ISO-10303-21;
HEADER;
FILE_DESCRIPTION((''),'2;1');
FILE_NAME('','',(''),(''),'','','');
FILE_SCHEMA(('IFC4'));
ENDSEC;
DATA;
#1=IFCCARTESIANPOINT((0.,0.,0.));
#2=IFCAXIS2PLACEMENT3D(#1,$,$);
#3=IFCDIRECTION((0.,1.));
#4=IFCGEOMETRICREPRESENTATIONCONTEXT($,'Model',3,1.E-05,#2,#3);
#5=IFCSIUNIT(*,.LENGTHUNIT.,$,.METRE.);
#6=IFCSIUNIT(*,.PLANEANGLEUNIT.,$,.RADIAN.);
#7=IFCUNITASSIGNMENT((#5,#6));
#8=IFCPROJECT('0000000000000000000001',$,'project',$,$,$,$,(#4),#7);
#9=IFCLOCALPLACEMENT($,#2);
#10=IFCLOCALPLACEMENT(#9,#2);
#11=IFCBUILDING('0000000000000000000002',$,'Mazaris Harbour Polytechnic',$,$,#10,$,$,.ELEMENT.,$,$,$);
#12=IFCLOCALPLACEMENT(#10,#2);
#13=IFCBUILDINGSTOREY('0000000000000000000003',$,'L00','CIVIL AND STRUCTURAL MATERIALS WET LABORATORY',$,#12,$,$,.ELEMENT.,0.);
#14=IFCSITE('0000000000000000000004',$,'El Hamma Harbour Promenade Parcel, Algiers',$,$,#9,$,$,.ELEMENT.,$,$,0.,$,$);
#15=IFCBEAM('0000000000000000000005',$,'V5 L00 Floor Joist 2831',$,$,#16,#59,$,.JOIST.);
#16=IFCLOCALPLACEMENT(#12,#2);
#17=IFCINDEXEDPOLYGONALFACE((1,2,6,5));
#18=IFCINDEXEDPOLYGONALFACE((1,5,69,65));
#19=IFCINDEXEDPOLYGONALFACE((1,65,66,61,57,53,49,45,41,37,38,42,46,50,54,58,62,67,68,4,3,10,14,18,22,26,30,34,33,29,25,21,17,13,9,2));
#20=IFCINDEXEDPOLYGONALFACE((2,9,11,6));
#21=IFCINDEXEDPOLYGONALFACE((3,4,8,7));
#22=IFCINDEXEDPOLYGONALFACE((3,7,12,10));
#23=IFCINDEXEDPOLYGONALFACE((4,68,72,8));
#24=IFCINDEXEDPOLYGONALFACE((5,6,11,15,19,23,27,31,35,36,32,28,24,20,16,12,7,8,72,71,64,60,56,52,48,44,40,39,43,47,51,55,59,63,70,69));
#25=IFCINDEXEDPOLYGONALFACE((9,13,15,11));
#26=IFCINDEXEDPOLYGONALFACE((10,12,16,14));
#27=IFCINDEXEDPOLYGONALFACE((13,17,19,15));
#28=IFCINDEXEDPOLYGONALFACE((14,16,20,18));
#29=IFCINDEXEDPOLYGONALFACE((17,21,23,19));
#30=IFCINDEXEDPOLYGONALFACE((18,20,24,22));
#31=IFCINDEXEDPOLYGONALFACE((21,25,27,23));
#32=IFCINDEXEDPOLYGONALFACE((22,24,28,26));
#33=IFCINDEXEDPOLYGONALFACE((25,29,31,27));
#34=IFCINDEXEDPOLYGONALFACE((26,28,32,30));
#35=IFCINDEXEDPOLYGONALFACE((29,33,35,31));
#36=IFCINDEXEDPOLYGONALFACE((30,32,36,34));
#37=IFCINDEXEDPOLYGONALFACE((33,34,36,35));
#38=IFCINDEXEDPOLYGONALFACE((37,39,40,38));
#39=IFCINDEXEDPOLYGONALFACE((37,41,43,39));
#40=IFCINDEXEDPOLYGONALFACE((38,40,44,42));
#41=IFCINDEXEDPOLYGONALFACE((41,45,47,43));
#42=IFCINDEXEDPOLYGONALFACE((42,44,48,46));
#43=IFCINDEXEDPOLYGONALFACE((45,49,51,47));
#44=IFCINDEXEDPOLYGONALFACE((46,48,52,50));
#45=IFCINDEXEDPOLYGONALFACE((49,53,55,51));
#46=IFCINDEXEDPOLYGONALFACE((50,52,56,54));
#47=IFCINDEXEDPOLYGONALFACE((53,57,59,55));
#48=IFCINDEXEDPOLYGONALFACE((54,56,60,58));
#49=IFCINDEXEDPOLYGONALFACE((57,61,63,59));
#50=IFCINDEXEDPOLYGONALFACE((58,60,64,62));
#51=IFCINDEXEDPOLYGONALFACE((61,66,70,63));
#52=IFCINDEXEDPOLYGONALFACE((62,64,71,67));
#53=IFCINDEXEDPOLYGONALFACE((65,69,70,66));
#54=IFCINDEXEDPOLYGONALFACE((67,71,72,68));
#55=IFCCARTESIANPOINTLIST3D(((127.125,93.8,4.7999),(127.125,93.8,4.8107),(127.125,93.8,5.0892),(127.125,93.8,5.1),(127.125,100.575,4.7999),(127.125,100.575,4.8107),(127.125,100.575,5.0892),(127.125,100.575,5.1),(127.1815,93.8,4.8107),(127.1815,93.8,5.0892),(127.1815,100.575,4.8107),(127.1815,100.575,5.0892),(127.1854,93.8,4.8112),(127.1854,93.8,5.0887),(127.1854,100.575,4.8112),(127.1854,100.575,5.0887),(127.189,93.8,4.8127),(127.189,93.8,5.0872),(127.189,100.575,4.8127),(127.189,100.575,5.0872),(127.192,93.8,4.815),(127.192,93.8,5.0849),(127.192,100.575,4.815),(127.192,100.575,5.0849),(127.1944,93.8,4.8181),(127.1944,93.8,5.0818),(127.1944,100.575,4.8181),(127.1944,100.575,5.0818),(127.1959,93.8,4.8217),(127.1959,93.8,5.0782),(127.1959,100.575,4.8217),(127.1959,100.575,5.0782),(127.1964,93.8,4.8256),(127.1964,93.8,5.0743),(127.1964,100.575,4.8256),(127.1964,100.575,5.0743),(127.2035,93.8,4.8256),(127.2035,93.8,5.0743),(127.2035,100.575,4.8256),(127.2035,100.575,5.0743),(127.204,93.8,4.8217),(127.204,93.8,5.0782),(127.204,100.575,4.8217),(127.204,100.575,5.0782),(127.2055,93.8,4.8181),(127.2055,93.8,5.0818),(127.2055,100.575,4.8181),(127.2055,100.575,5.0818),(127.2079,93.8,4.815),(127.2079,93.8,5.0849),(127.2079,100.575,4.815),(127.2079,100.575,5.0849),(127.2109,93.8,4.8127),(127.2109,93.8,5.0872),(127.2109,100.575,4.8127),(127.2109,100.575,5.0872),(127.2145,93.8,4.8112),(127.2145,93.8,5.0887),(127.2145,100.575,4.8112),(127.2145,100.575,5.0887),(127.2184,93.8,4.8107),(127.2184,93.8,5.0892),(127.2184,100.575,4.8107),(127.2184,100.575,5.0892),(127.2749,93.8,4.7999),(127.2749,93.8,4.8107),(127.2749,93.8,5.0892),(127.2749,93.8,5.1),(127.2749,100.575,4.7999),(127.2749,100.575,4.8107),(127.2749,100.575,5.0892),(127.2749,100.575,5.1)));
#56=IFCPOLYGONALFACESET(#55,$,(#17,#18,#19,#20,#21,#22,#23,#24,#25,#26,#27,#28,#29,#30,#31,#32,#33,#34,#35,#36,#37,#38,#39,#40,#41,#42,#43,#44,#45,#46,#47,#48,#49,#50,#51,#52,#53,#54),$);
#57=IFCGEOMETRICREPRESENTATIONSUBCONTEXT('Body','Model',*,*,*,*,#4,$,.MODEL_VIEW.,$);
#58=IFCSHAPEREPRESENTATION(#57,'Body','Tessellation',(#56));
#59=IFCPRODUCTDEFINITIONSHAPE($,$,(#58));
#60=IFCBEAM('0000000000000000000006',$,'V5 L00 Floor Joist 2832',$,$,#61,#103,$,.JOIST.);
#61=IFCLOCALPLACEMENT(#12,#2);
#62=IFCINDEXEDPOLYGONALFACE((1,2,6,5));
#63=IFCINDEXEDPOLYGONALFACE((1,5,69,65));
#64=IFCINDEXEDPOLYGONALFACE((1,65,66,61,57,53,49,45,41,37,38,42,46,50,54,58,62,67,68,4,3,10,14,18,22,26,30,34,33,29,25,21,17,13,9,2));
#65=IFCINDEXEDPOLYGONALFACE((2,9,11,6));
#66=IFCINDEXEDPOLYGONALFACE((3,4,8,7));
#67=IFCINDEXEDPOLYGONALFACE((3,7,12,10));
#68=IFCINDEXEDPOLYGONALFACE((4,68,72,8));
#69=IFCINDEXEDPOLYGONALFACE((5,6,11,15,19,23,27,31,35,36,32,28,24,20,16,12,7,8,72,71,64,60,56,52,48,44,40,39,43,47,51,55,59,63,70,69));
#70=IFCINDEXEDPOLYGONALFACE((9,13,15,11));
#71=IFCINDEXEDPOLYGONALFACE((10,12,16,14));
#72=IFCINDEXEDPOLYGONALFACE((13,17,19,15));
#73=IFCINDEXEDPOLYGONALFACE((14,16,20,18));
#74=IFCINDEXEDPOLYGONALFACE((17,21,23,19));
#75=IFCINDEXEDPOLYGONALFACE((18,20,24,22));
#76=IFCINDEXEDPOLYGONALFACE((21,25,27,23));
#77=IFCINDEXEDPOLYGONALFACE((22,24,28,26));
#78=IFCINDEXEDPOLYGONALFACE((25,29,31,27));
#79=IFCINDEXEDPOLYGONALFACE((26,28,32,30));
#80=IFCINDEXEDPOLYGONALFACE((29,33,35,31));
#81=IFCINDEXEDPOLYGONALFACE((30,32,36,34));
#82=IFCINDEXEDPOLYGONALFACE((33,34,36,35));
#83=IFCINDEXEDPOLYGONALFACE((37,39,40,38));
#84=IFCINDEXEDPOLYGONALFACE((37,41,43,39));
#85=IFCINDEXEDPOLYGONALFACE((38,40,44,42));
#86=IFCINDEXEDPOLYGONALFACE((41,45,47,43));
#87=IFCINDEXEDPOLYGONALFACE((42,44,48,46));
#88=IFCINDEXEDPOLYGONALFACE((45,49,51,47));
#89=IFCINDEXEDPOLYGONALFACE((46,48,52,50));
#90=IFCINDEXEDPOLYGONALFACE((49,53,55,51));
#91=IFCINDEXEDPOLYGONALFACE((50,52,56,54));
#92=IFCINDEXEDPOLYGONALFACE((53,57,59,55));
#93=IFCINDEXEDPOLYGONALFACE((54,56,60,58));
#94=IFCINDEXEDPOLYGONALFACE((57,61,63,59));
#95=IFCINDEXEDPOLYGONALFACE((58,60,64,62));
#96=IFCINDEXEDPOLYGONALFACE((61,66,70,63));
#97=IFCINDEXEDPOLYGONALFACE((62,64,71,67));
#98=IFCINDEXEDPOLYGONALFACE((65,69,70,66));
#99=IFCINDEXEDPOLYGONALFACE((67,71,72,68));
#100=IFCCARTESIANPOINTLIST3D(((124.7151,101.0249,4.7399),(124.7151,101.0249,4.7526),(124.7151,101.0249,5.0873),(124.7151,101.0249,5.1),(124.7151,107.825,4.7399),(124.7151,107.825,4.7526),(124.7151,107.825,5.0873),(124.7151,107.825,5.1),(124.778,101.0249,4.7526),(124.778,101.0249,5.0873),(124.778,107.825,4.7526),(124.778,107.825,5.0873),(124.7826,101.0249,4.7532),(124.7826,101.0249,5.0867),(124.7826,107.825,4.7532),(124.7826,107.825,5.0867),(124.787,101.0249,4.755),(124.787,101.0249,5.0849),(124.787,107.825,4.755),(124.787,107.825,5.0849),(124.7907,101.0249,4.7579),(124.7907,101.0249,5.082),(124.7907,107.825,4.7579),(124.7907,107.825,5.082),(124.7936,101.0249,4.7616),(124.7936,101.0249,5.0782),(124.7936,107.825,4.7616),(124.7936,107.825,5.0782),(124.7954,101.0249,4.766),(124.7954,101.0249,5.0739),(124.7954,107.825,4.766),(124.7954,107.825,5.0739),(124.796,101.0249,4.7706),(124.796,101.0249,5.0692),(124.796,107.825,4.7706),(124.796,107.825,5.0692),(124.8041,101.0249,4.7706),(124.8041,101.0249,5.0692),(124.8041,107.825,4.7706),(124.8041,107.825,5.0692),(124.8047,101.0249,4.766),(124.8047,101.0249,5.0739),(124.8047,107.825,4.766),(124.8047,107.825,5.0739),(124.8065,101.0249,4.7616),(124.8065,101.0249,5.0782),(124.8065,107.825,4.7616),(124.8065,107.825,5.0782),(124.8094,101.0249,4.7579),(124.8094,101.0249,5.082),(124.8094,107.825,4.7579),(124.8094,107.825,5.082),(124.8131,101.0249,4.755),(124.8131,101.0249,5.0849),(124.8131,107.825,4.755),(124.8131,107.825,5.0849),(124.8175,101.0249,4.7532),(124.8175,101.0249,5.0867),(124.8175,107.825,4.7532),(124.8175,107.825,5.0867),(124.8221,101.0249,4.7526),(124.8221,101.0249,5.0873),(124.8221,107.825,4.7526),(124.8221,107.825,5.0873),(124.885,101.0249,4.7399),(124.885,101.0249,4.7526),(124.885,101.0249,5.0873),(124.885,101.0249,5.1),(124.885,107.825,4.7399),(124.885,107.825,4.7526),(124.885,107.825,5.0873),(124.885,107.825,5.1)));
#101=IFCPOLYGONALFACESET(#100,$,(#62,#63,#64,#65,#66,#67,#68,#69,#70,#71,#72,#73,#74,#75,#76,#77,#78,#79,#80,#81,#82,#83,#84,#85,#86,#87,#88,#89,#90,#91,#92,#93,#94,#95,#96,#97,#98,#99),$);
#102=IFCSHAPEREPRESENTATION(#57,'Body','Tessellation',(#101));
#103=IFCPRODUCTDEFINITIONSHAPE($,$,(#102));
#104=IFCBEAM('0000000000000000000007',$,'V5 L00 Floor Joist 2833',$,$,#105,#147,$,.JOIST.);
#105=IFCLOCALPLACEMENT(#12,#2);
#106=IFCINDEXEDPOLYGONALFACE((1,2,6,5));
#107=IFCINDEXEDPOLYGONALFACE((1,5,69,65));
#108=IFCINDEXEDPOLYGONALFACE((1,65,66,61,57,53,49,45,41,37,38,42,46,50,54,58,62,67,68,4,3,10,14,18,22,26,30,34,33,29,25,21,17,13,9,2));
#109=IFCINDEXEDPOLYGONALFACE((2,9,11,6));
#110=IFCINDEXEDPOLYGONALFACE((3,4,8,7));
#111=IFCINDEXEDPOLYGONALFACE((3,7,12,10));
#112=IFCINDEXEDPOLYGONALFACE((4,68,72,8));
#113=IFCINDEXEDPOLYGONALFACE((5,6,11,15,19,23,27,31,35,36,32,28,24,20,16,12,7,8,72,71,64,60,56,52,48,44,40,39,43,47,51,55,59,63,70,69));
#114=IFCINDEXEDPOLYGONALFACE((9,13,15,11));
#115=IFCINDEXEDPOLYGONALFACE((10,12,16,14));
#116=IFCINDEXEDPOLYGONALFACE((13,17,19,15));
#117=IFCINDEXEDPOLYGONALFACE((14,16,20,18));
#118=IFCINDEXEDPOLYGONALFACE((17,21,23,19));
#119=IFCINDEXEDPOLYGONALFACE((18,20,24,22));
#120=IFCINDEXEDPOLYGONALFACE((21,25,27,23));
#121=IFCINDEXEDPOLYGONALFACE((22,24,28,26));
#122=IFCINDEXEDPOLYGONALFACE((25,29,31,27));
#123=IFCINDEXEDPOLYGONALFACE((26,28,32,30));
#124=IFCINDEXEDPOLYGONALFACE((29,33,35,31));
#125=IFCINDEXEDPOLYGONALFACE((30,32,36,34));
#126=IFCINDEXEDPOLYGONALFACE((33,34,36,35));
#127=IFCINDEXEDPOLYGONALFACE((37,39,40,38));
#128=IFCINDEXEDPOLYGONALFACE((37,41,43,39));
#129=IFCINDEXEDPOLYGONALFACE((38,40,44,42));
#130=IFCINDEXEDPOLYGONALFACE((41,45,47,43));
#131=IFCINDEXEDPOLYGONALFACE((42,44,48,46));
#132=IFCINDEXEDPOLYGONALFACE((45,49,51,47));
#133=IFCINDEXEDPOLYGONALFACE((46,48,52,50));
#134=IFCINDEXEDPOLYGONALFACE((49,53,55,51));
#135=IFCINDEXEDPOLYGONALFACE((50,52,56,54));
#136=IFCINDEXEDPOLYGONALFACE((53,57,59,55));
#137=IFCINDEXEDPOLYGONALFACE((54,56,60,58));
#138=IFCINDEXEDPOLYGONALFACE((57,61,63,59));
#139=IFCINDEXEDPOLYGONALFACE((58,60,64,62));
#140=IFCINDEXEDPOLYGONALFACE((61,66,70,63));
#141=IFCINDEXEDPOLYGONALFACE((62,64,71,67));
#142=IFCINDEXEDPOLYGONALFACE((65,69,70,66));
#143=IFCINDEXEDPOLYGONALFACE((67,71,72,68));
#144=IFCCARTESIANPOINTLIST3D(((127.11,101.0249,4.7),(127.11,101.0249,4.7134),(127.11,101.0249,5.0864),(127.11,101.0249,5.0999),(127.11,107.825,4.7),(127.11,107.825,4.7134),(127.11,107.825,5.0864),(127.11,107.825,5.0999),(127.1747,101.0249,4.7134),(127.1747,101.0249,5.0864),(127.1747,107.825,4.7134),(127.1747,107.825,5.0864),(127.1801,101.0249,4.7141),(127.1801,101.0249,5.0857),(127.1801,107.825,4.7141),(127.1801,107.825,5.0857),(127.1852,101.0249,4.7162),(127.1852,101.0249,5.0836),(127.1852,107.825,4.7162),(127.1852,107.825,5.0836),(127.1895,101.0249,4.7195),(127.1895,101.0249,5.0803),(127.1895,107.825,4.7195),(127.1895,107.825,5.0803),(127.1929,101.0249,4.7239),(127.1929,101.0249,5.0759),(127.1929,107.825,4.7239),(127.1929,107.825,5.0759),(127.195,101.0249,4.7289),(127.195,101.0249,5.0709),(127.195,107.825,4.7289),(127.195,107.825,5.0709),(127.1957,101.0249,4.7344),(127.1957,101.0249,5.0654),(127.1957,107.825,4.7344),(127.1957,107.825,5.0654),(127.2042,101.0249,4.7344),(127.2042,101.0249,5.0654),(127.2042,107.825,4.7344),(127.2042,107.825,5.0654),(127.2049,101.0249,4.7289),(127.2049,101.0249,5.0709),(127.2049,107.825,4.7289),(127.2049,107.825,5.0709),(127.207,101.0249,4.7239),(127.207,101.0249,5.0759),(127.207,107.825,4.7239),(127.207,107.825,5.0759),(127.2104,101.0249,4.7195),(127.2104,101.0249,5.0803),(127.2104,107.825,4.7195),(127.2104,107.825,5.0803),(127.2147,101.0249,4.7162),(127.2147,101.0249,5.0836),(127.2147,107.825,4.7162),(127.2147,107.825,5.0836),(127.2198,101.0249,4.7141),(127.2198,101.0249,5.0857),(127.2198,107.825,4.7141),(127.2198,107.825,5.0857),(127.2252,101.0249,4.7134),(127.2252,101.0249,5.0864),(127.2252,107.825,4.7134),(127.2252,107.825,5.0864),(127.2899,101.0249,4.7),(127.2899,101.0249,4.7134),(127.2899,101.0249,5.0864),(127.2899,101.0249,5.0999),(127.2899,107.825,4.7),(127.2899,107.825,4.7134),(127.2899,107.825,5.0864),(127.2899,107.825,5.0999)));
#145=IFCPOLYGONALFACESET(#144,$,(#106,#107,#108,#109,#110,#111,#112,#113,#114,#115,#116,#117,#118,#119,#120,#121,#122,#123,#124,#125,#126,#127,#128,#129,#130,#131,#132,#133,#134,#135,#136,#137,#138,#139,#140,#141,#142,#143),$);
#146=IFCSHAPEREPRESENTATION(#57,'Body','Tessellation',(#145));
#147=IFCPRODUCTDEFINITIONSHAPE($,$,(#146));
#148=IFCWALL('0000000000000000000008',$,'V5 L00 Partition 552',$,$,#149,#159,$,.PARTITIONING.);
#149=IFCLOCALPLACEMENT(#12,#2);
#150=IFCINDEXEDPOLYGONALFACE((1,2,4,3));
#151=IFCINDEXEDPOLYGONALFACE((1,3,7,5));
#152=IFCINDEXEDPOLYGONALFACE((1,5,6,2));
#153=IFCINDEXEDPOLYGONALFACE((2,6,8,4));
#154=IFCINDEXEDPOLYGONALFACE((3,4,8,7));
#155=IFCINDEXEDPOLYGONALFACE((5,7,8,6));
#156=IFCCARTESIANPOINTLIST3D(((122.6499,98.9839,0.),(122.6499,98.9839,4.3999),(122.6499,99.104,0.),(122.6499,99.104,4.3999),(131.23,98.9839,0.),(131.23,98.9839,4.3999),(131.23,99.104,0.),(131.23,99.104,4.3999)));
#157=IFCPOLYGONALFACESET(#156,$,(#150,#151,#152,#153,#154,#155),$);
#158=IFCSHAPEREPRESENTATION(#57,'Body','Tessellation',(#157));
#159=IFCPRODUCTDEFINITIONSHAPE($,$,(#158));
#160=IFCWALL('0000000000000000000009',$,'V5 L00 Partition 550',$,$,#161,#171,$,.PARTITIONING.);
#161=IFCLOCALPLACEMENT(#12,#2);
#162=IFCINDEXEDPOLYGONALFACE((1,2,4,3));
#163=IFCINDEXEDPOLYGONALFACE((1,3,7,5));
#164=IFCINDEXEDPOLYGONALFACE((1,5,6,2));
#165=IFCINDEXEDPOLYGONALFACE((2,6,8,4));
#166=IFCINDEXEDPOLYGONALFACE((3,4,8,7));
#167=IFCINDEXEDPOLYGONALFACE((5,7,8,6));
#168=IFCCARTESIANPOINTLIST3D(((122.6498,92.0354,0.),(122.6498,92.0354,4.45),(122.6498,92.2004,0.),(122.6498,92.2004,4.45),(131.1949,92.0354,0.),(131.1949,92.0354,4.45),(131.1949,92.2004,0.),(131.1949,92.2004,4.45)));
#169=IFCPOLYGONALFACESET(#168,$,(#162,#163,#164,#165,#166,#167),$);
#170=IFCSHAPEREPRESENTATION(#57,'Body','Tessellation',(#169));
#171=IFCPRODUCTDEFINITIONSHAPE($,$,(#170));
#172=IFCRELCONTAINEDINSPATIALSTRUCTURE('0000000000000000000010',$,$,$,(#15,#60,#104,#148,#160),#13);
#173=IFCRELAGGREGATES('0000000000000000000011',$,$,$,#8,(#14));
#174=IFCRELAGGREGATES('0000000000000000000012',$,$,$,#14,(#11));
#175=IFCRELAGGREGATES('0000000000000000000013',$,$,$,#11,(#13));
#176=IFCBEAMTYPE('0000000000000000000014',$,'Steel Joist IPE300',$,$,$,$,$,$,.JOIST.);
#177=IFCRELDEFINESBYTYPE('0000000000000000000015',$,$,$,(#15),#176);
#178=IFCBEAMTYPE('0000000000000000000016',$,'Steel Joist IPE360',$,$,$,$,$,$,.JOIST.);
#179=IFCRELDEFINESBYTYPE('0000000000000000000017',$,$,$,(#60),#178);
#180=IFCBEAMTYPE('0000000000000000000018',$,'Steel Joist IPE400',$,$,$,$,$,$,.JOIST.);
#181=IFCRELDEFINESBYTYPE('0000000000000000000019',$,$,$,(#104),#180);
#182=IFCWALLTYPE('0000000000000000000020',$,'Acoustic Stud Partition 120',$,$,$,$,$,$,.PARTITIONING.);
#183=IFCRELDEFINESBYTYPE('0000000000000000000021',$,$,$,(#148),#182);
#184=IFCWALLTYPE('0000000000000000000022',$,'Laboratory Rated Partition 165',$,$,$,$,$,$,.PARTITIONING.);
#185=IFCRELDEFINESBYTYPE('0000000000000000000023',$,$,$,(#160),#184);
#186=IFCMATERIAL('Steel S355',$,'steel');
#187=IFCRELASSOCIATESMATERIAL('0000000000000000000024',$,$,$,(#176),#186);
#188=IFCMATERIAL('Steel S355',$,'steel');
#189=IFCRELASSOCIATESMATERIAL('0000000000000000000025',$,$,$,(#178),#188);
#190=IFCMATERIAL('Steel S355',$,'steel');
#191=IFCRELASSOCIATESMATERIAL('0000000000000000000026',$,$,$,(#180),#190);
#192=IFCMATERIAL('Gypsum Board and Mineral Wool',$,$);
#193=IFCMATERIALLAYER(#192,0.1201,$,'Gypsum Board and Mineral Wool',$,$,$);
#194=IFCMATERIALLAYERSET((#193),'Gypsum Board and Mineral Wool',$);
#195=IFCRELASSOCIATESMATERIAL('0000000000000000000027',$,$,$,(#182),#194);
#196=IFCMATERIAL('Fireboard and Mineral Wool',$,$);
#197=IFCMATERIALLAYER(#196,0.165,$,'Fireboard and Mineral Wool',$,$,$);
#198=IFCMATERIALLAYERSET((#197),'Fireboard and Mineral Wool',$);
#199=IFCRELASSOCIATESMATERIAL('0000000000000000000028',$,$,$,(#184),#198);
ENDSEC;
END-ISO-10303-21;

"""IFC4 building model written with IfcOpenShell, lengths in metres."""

from ifc_helpers import new_model, si_unit, direction, frame, frame_2d, origin, origin_2d, place, context, subcontext, project, spatial, rectangle, i_section, extrude, material, layer, layer_set, material_profile, profile_set, type_object, element, save


model = new_model("IFC4")

# Units and contexts
model_context = context("Model", 3, precision=1e-05, world=origin(), true_north=direction((0.0, 1.0)))
body_context = subcontext(model_context, "Body", "Model", "MODEL_VIEW")
ifc_project = project(units=[si_unit("LENGTHUNIT", "METRE"), si_unit("PLANEANGLEUNIT", "RADIAN")], contexts=[model_context])

# Site, building, storey
site_placement = place(None, origin())
site = spatial("IfcSite", under=ifc_project, at=site_placement, Name="El Hamma Harbour Promenade Parcel, Algiers", CompositionType="ELEMENT", RefElevation=0.0)
building_placement = place(site_placement, origin())
building = spatial("IfcBuilding", under=site, at=building_placement, Name="Mazaris Harbour Polytechnic", CompositionType="ELEMENT")
storey_placement = place(building_placement, origin())
storey = spatial("IfcBuildingStorey", under=building, at=storey_placement, Name="L00", Description="CIVIL AND STRUCTURAL MATERIALS WET LABORATORY", CompositionType="ELEMENT", Elevation=0.0)

# Beams
ifc_material_1 = material(Name="Steel S355", Category="steel")
ifc_material_profile_1 = material_profile(ifc_material_1, i_section(OverallWidth=0.1499, OverallDepth=0.3, WebThickness=0.0071, FlangeThickness=0.0107, FilletRadius=0.0149, at=origin_2d()), Name="IPE 300")
ifc_profile_set_1 = profile_set([ifc_material_profile_1], Name="Steel S355")
beam_type_1 = type_object("IfcBeamType", Name="Steel Joist IPE300", PredefinedType="JOIST", material=ifc_profile_set_1)
beam_1_placement = place(storey_placement, frame((127.2, 93.8, 4.95), z_axis=(0.0, 1.0, 0.0), x_axis=(-1.0, 0.0, 0.0)))
element("IfcBeam", 1, at=beam_1_placement, inside=storey, type_object=beam_type_1, Name="V5 L00 Floor Joist 2831", PredefinedType="JOIST", context=body_context, shape_type="SweptSolid", body=[
    extrude(i_section(OverallWidth=0.1499, OverallDepth=0.3, WebThickness=0.0071, FlangeThickness=0.0107, FilletRadius=0.0149, at=origin_2d()), origin(), (0.0, 0.0, 1.0), 6.7749),
])
ifc_material_2 = material(Name="Steel S355", Category="steel")
ifc_material_profile_2 = material_profile(ifc_material_2, i_section(OverallWidth=0.1699, OverallDepth=0.3601, WebThickness=0.0081, FlangeThickness=0.0127, FilletRadius=0.0181, at=origin_2d()), Name="IPE 360")
ifc_profile_set_2 = profile_set([ifc_material_profile_2], Name="Steel S355")
beam_type_2 = type_object("IfcBeamType", Name="Steel Joist IPE360", PredefinedType="JOIST", material=ifc_profile_set_2)
beam_2_placement = place(storey_placement, frame((124.8, 101.0249, 4.9199), z_axis=(0.0, 1.0, 0.0), x_axis=(-1.0, 0.0, 0.0)))
element("IfcBeam", 2, at=beam_2_placement, inside=storey, type_object=beam_type_2, Name="V5 L00 Floor Joist 2832", PredefinedType="JOIST", context=body_context, shape_type="SweptSolid", body=[
    extrude(i_section(OverallWidth=0.1699, OverallDepth=0.3601, WebThickness=0.0081, FlangeThickness=0.0127, FilletRadius=0.0181, at=origin_2d()), origin(), (0.0, 0.0, 1.0), 6.8),
])
ifc_material_3 = material(Name="Steel S355", Category="steel")
ifc_material_profile_3 = material_profile(ifc_material_3, i_section(OverallWidth=0.1799, OverallDepth=0.3999, WebThickness=0.0085, FlangeThickness=0.0134, FilletRadius=0.021, at=origin_2d()), Name="IPE 400")
ifc_profile_set_3 = profile_set([ifc_material_profile_3], Name="Steel S355")
beam_type_3 = type_object("IfcBeamType", Name="Steel Joist IPE400", PredefinedType="JOIST", material=ifc_profile_set_3)
beam_3_placement = place(storey_placement, frame((127.2, 101.0249, 4.8999), z_axis=(0.0, 1.0, 0.0), x_axis=(-1.0, 0.0, 0.0)))
element("IfcBeam", 3, at=beam_3_placement, inside=storey, type_object=beam_type_3, Name="V5 L00 Floor Joist 2833", PredefinedType="JOIST", context=body_context, shape_type="SweptSolid", body=[
    extrude(i_section(OverallWidth=0.1799, OverallDepth=0.3999, WebThickness=0.0085, FlangeThickness=0.0134, FilletRadius=0.021, at=origin_2d()), origin(), (0.0, 0.0, 1.0), 6.8),
])

# Walls
ifc_material_4 = material(Name="Gypsum Board and Mineral Wool")
ifc_layer_1 = layer(ifc_material_4, 0.1201, Name="Gypsum Board and Mineral Wool")
ifc_layer_set_1 = layer_set([ifc_layer_1], Name="Gypsum Board and Mineral Wool")
wall_type_1 = type_object("IfcWallType", Name="Acoustic Stud Partition 120", PredefinedType="PARTITIONING", material=ifc_layer_set_1)
wall_1_placement = place(storey_placement, frame((122.6499, 99.0439, 0.0), z_axis=(0.0, 0.0, 1.0), x_axis=(1.0, 0.0, 0.0)))
element("IfcWall", 4, at=wall_1_placement, inside=storey, type_object=wall_type_1, Name="V5 L00 Partition 552", PredefinedType="PARTITIONING", context=body_context, shape_type="SweptSolid", body=[
    extrude(rectangle(XDim=8.5801, YDim=0.1201, at=frame_2d((4.29, 0.0))), origin(), (0.0, 0.0, 1.0), 4.3999),
])
ifc_material_5 = material(Name="Fireboard and Mineral Wool")
ifc_layer_2 = layer(ifc_material_5, 0.165, Name="Fireboard and Mineral Wool")
ifc_layer_set_2 = layer_set([ifc_layer_2], Name="Fireboard and Mineral Wool")
wall_type_2 = type_object("IfcWallType", Name="Laboratory Rated Partition 165", PredefinedType="PARTITIONING", material=ifc_layer_set_2)
wall_2_placement = place(storey_placement, frame((122.6499, 92.1179, 0.0), z_axis=(0.0, 0.0, 1.0), x_axis=(1.0, 0.0, 0.0)))
element("IfcWall", 5, at=wall_2_placement, inside=storey, type_object=wall_type_2, Name="V5 L00 Partition 550", PredefinedType="PARTITIONING", context=body_context, shape_type="SweptSolid", body=[
    extrude(rectangle(XDim=8.5452, YDim=0.165, at=frame_2d((4.2725, 0.0))), origin(), (0.0, 0.0, 1.0), 4.45),
])

save(model, "model.ifc")
